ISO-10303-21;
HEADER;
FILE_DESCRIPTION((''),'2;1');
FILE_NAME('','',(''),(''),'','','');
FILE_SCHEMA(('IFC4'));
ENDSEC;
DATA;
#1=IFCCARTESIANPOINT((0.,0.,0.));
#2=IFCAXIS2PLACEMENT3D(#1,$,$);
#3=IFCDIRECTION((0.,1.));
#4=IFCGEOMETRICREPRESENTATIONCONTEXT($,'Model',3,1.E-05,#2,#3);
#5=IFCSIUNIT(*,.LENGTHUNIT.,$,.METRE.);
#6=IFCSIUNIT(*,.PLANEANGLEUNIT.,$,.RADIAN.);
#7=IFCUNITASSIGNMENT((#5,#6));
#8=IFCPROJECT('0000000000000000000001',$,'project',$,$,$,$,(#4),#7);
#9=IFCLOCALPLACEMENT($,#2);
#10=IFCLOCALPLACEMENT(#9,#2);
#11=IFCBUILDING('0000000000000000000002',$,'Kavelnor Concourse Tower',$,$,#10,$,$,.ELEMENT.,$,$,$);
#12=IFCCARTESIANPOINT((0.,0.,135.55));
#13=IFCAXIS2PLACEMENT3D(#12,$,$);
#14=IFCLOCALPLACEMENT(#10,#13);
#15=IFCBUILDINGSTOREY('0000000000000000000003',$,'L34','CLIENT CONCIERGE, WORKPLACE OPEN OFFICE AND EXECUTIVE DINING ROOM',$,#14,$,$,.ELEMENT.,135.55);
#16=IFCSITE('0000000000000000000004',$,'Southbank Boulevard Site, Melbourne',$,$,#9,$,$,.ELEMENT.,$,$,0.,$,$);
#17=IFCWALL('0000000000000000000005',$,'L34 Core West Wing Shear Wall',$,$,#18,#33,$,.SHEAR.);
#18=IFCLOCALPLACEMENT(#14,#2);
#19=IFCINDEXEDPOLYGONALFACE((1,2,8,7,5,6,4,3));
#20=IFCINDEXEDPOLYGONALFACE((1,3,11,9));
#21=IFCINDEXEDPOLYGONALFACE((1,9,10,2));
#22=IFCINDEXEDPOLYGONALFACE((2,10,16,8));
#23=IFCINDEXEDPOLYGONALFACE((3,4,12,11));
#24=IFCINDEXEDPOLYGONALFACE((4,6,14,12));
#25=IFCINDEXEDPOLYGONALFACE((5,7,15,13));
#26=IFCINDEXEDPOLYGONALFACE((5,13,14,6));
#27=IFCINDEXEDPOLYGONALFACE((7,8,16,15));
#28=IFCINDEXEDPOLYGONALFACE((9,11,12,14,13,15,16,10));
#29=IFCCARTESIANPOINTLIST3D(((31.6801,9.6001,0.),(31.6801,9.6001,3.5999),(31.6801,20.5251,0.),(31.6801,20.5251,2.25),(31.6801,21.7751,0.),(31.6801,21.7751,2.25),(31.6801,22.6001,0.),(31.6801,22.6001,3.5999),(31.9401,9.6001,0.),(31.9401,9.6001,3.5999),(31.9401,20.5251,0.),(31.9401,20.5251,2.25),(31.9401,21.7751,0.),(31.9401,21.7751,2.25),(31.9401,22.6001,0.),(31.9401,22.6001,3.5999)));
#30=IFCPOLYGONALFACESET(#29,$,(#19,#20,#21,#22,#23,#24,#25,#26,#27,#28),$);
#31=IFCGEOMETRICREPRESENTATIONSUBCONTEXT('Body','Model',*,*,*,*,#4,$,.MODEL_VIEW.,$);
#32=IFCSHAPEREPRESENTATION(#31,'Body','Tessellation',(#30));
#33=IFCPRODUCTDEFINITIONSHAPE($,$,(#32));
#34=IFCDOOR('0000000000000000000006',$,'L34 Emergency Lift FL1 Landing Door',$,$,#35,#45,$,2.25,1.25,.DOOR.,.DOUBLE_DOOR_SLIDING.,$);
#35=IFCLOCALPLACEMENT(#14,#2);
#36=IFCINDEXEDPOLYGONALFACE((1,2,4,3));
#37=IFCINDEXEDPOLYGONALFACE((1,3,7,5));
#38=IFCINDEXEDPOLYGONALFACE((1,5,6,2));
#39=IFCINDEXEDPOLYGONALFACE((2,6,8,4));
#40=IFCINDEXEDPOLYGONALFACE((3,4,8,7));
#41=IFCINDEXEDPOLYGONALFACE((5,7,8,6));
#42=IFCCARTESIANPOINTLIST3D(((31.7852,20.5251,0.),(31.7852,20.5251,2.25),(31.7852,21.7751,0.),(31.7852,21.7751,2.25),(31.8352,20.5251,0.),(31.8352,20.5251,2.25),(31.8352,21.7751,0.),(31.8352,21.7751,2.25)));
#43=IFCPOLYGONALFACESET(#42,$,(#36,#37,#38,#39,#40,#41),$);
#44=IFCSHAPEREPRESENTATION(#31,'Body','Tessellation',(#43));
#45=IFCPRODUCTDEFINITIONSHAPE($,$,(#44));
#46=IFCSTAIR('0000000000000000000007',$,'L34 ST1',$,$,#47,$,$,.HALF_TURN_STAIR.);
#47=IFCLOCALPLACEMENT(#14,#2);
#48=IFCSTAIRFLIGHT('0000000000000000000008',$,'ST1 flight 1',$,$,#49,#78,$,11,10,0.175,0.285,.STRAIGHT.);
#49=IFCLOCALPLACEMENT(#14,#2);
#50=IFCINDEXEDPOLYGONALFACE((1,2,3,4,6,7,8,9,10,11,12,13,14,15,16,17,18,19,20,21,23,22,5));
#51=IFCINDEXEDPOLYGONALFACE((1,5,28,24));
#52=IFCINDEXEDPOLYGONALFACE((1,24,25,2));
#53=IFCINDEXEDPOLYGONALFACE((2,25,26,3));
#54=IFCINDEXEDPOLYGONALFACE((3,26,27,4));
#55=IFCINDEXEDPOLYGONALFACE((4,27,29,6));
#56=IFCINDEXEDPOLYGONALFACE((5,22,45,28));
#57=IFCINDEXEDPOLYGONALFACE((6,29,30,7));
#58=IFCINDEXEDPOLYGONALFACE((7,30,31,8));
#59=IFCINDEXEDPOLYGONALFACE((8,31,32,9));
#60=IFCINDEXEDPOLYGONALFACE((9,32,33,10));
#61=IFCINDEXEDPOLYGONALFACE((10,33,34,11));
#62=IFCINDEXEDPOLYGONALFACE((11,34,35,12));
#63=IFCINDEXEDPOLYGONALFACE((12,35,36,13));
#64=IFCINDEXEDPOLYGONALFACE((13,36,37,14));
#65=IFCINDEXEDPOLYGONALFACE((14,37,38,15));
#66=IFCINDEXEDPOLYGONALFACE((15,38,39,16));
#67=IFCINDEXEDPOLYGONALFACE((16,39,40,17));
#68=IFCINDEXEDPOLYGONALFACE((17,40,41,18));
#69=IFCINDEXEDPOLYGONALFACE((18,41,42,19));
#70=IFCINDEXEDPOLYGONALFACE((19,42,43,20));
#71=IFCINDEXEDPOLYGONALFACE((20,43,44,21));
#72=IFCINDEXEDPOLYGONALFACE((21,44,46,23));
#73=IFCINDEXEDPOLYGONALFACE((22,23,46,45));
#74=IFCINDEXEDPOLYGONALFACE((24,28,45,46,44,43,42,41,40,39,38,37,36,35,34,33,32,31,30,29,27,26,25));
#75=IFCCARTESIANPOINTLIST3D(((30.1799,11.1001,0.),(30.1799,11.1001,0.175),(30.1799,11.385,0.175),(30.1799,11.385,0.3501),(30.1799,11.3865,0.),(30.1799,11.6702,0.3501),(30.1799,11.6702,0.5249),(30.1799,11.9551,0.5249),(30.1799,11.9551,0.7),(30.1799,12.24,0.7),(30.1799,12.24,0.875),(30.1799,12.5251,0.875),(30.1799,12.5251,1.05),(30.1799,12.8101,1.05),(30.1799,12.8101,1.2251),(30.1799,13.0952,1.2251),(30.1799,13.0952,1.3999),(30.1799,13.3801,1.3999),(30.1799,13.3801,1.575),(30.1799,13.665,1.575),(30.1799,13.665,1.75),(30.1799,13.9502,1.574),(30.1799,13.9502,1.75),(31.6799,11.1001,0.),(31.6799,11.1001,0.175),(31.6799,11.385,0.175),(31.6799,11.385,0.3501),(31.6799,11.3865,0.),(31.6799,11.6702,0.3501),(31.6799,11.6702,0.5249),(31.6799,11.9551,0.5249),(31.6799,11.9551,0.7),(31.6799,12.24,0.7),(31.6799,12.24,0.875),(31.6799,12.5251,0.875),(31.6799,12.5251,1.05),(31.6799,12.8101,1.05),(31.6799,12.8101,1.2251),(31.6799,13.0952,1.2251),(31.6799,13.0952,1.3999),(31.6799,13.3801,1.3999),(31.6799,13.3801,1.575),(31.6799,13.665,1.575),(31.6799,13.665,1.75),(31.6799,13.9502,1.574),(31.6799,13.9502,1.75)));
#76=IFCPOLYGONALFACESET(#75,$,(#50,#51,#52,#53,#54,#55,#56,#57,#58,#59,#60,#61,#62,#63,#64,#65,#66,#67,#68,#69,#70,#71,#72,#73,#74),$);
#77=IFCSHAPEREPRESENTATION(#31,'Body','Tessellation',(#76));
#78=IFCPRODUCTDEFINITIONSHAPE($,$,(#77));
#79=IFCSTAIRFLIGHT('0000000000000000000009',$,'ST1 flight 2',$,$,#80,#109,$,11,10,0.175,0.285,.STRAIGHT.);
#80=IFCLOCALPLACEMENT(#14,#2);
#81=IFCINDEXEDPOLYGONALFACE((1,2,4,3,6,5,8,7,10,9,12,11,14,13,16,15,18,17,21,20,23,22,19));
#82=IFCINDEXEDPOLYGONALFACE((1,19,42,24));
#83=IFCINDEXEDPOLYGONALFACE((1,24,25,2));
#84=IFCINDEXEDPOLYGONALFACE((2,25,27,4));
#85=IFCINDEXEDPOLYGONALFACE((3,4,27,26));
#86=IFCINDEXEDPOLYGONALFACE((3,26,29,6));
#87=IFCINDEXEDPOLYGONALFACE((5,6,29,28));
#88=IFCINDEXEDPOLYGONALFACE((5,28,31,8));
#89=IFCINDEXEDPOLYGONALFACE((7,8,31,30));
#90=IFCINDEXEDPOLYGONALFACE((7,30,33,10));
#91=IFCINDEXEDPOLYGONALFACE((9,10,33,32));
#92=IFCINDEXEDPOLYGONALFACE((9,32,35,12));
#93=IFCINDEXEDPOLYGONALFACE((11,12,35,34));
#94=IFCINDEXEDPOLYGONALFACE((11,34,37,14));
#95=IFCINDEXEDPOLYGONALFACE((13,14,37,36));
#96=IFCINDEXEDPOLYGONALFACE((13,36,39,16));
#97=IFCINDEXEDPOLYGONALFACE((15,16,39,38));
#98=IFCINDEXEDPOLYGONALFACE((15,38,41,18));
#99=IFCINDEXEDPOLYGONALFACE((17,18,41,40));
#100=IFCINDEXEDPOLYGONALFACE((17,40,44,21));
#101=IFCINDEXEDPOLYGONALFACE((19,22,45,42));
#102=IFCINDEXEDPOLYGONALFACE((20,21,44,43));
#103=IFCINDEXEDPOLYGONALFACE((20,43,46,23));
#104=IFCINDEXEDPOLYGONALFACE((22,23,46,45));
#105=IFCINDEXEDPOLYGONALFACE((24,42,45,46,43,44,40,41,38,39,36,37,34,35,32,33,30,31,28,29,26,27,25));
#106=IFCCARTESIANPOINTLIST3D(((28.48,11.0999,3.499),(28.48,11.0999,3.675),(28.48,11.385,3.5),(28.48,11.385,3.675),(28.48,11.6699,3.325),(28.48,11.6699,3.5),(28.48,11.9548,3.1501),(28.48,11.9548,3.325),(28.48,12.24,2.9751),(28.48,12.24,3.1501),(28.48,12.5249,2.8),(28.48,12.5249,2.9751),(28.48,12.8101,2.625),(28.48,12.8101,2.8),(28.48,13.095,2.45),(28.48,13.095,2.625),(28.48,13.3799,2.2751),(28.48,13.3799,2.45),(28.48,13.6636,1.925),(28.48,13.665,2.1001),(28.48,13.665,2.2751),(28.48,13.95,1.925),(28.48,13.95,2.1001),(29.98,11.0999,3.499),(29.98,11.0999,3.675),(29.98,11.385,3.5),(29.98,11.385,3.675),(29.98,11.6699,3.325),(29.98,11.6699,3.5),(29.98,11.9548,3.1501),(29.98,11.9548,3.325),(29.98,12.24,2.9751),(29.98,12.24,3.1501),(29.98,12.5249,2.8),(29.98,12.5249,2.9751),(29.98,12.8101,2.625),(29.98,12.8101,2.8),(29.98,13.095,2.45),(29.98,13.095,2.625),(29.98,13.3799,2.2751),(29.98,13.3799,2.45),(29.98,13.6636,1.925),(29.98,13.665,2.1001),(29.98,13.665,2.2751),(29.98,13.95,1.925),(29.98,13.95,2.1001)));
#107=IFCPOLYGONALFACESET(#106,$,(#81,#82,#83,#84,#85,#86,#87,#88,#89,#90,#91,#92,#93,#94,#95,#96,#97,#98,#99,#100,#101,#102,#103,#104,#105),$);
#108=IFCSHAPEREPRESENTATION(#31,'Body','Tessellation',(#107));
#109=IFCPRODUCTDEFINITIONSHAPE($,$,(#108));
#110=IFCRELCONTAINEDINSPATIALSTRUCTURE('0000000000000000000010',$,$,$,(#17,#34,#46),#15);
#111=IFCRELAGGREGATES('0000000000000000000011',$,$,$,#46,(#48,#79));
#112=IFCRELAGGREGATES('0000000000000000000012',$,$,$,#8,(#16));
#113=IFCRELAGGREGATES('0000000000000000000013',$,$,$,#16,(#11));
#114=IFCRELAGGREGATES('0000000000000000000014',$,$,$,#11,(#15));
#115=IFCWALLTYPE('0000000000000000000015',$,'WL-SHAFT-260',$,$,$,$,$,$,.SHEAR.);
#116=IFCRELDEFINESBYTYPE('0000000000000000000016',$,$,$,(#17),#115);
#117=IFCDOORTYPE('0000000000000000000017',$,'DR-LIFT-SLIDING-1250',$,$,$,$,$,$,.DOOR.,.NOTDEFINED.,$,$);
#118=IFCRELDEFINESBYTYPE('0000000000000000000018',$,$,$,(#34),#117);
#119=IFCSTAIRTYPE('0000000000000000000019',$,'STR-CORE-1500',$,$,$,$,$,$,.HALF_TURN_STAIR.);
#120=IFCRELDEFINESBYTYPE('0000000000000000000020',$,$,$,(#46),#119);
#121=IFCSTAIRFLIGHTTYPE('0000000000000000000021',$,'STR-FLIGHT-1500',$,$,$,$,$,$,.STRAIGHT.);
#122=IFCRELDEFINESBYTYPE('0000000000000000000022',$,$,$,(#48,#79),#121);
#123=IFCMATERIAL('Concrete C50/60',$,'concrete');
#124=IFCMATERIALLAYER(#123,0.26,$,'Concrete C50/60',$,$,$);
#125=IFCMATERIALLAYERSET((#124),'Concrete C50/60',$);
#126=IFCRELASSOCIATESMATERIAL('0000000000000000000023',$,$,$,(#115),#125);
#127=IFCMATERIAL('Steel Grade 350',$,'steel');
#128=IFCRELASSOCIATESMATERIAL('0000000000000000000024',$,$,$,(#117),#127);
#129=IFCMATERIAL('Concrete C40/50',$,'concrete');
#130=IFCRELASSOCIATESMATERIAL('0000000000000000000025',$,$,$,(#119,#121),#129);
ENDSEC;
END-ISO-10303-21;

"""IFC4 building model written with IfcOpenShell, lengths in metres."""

from ifc_helpers import new_model, si_unit, direction, frame, frame_2d, origin, place, context, subcontext, project, spatial, polyline, rectangle, outline, extrude, material, layer, layer_set, type_object, element, fill, aggregate, save


model = new_model("IFC4")

# Units and contexts
model_context = context("Model", 3, precision=1e-05, world=origin(), true_north=direction((0.0, 1.0)))
body_context = subcontext(model_context, "Body", "Model", "MODEL_VIEW")
ifc_project = project(units=[si_unit("LENGTHUNIT", "METRE"), si_unit("PLANEANGLEUNIT", "RADIAN")], contexts=[model_context])

# Site, building, storey
site_placement = place(None, origin())
site = spatial("IfcSite", under=ifc_project, at=site_placement, Name="Southbank Boulevard Site, Melbourne", CompositionType="ELEMENT", RefElevation=0.0)
building_placement = place(site_placement, origin())
building = spatial("IfcBuilding", under=site, at=building_placement, Name="Kavelnor Concourse Tower", CompositionType="ELEMENT")
storey_placement = place(building_placement, frame((0.0, 0.0, 135.55)))
storey = spatial("IfcBuildingStorey", under=building, at=storey_placement, Name="L34", Description="CLIENT CONCIERGE, WORKPLACE OPEN OFFICE AND EXECUTIVE DINING ROOM", CompositionType="ELEMENT", Elevation=135.55)

# Shared definitions
ifc_material_1 = material(Name="Steel Grade 350", Category="steel")

# Shared definitions
ifc_material_2 = material(Name="Concrete C50/60", Category="concrete")

# Wall, opening, door
ifc_layer_1 = layer(ifc_material_2, 0.26, Name="Concrete C50/60")
ifc_layer_set_1 = layer_set([ifc_layer_1], Name="Concrete C50/60")
wall_type_1 = type_object("IfcWallType", Name="WL-SHAFT-260", PredefinedType="SHEAR", material=ifc_layer_set_1)
wall_1_placement = place(storey_placement, frame((31.8101, 9.6001, 0.0), z_axis=(0.0, 0.0, 1.0), x_axis=(0.0, 1.0, 0.0)))
wall_1 = element("IfcWall", 1, at=wall_1_placement, inside=storey, type_object=wall_type_1, Name="L34 Core West Wing Shear Wall", PredefinedType="SHEAR", context=body_context, shape_type="SweptSolid", body=[
    extrude(rectangle(XDim=13.0, YDim=0.26, at=frame_2d((6.5, 0.0))), origin(), (0.0, 0.0, 1.0), 3.5999),
])
opening_1_placement = place(wall_1_placement, frame((10.925, 0.0, 0.0)))
opening_1 = element("IfcOpeningElement", 2, at=opening_1_placement, cuts=wall_1, PredefinedType="OPENING", context=body_context, shape_type="SweptSolid", body=[
    extrude(rectangle(XDim=1.25, YDim=2.25, at=frame_2d((0.625, 1.125))), frame((0.0, 0.1401, 0.0), z_axis=(0.0, -1.0, 0.0), x_axis=(1.0, 0.0, 0.0)), (0.0, 0.0, 1.0), 0.28),
])
door_type_1 = type_object("IfcDoorType", Name="DR-LIFT-SLIDING-1250", OperationType="NOTDEFINED", PredefinedType="DOOR", material=ifc_material_1)
door_1_placement = place(opening_1_placement, origin())
door_1 = element("IfcDoor", 3, at=door_1_placement, inside=storey, type_object=door_type_1, Name="L34 Emergency Lift FL1 Landing Door", OperationType="DOUBLE_DOOR_SLIDING", OverallHeight=2.25, OverallWidth=1.25, PredefinedType="DOOR", context=body_context, shape_type="SweptSolid", body=[
    extrude(rectangle(XDim=1.25, YDim=2.25, at=frame_2d((0.625, 1.125))), frame((0.0, 0.0249, 0.0), z_axis=(0.0, -1.0, 0.0), x_axis=(1.0, 0.0, 0.0)), (0.0, 0.0, 1.0), 0.05),
])
fill(opening_1, door_1)

# Stair, stair flights
ifc_material_3 = material(Name="Concrete C40/50", Category="concrete")
stair_type = type_object("IfcStairType", Name="STR-CORE-1500", PredefinedType="HALF_TURN_STAIR", material=ifc_material_3)
stair_placement = place(storey_placement, origin())
stair = element("IfcStair", 4, at=stair_placement, inside=storey, type_object=stair_type, Name="L34 ST1", PredefinedType="HALF_TURN_STAIR")
stair_flight_type = type_object("IfcStairFlightType", Name="STR-FLIGHT-1500", PredefinedType="STRAIGHT", material=ifc_material_3)
stair_flight_1_placement = place(storey_placement, frame((30.9299, 11.1001, 0.0), z_axis=(0.0, 0.0, 1.0), x_axis=(0.0, 1.0, 0.0)))
stair_flight_1 = element("IfcStairFlight", 5, at=stair_flight_1_placement, type_object=stair_flight_type, Name="ST1 flight 1", NumberOfRisers=11, NumberOfTreads=10, PredefinedType="STRAIGHT", RiserHeight=0.175, TreadLength=0.285, context=body_context, shape_type="SweptSolid", body=[
    extrude(outline(polyline([(0.0, 0.0), (0.0, 0.175), (0.2849, 0.175), (0.2849, 0.3501), (0.5701, 0.3501), (0.5701, 0.5249), (0.855, 0.5249), (0.855, 0.7), (1.1399, 0.7), (1.1399, 0.875), (1.425, 0.875), (1.425, 1.05), (1.71, 1.05), (1.71, 1.2251), (1.9951, 1.2251), (1.9951, 1.3999), (2.28, 1.3999), (2.28, 1.575), (2.5649, 1.575), (2.5649, 1.75), (2.8501, 1.75), (2.8501, 1.925), (2.8501, 1.574), (0.2864, 0.0), (0.0, 0.0)])), frame((0.0, 0.75, 0.0), z_axis=(0.0, -1.0, 0.0), x_axis=(1.0, 0.0, 0.0)), (0.0, 0.0, 1.0), 1.5),
])
stair_flight_2_placement = place(storey_placement, frame((29.23, 13.95, 1.925), z_axis=(0.0, 0.0, 1.0), x_axis=(0.0, -1.0, 0.0)))
stair_flight_2 = element("IfcStairFlight", 6, at=stair_flight_2_placement, type_object=stair_flight_type, Name="ST1 flight 2", NumberOfRisers=11, NumberOfTreads=10, PredefinedType="STRAIGHT", RiserHeight=0.175, TreadLength=0.285, context=body_context, shape_type="SweptSolid", body=[
    extrude(outline(polyline([(0.0, 0.0), (0.0, 0.175), (0.2849, 0.175), (0.2849, 0.3501), (0.5701, 0.3501), (0.5701, 0.5249), (0.855, 0.5249), (0.855, 0.7), (1.1399, 0.7), (1.1399, 0.875), (1.425, 0.875), (1.425, 1.05), (1.71, 1.05), (1.71, 1.2251), (1.9951, 1.2251), (1.9951, 1.3999), (2.28, 1.3999), (2.28, 1.575), (2.5649, 1.575), (2.5649, 1.75), (2.8501, 1.75), (2.8501, 1.925), (2.8501, 1.574), (0.2864, 0.0), (0.0, 0.0)])), frame((0.0, 0.75, 0.0), z_axis=(0.0, -1.0, 0.0), x_axis=(1.0, 0.0, 0.0)), (0.0, 0.0, 1.0), 1.5),
])
aggregate(stair, [stair_flight_1, stair_flight_2])

save(model, "model.ifc")
